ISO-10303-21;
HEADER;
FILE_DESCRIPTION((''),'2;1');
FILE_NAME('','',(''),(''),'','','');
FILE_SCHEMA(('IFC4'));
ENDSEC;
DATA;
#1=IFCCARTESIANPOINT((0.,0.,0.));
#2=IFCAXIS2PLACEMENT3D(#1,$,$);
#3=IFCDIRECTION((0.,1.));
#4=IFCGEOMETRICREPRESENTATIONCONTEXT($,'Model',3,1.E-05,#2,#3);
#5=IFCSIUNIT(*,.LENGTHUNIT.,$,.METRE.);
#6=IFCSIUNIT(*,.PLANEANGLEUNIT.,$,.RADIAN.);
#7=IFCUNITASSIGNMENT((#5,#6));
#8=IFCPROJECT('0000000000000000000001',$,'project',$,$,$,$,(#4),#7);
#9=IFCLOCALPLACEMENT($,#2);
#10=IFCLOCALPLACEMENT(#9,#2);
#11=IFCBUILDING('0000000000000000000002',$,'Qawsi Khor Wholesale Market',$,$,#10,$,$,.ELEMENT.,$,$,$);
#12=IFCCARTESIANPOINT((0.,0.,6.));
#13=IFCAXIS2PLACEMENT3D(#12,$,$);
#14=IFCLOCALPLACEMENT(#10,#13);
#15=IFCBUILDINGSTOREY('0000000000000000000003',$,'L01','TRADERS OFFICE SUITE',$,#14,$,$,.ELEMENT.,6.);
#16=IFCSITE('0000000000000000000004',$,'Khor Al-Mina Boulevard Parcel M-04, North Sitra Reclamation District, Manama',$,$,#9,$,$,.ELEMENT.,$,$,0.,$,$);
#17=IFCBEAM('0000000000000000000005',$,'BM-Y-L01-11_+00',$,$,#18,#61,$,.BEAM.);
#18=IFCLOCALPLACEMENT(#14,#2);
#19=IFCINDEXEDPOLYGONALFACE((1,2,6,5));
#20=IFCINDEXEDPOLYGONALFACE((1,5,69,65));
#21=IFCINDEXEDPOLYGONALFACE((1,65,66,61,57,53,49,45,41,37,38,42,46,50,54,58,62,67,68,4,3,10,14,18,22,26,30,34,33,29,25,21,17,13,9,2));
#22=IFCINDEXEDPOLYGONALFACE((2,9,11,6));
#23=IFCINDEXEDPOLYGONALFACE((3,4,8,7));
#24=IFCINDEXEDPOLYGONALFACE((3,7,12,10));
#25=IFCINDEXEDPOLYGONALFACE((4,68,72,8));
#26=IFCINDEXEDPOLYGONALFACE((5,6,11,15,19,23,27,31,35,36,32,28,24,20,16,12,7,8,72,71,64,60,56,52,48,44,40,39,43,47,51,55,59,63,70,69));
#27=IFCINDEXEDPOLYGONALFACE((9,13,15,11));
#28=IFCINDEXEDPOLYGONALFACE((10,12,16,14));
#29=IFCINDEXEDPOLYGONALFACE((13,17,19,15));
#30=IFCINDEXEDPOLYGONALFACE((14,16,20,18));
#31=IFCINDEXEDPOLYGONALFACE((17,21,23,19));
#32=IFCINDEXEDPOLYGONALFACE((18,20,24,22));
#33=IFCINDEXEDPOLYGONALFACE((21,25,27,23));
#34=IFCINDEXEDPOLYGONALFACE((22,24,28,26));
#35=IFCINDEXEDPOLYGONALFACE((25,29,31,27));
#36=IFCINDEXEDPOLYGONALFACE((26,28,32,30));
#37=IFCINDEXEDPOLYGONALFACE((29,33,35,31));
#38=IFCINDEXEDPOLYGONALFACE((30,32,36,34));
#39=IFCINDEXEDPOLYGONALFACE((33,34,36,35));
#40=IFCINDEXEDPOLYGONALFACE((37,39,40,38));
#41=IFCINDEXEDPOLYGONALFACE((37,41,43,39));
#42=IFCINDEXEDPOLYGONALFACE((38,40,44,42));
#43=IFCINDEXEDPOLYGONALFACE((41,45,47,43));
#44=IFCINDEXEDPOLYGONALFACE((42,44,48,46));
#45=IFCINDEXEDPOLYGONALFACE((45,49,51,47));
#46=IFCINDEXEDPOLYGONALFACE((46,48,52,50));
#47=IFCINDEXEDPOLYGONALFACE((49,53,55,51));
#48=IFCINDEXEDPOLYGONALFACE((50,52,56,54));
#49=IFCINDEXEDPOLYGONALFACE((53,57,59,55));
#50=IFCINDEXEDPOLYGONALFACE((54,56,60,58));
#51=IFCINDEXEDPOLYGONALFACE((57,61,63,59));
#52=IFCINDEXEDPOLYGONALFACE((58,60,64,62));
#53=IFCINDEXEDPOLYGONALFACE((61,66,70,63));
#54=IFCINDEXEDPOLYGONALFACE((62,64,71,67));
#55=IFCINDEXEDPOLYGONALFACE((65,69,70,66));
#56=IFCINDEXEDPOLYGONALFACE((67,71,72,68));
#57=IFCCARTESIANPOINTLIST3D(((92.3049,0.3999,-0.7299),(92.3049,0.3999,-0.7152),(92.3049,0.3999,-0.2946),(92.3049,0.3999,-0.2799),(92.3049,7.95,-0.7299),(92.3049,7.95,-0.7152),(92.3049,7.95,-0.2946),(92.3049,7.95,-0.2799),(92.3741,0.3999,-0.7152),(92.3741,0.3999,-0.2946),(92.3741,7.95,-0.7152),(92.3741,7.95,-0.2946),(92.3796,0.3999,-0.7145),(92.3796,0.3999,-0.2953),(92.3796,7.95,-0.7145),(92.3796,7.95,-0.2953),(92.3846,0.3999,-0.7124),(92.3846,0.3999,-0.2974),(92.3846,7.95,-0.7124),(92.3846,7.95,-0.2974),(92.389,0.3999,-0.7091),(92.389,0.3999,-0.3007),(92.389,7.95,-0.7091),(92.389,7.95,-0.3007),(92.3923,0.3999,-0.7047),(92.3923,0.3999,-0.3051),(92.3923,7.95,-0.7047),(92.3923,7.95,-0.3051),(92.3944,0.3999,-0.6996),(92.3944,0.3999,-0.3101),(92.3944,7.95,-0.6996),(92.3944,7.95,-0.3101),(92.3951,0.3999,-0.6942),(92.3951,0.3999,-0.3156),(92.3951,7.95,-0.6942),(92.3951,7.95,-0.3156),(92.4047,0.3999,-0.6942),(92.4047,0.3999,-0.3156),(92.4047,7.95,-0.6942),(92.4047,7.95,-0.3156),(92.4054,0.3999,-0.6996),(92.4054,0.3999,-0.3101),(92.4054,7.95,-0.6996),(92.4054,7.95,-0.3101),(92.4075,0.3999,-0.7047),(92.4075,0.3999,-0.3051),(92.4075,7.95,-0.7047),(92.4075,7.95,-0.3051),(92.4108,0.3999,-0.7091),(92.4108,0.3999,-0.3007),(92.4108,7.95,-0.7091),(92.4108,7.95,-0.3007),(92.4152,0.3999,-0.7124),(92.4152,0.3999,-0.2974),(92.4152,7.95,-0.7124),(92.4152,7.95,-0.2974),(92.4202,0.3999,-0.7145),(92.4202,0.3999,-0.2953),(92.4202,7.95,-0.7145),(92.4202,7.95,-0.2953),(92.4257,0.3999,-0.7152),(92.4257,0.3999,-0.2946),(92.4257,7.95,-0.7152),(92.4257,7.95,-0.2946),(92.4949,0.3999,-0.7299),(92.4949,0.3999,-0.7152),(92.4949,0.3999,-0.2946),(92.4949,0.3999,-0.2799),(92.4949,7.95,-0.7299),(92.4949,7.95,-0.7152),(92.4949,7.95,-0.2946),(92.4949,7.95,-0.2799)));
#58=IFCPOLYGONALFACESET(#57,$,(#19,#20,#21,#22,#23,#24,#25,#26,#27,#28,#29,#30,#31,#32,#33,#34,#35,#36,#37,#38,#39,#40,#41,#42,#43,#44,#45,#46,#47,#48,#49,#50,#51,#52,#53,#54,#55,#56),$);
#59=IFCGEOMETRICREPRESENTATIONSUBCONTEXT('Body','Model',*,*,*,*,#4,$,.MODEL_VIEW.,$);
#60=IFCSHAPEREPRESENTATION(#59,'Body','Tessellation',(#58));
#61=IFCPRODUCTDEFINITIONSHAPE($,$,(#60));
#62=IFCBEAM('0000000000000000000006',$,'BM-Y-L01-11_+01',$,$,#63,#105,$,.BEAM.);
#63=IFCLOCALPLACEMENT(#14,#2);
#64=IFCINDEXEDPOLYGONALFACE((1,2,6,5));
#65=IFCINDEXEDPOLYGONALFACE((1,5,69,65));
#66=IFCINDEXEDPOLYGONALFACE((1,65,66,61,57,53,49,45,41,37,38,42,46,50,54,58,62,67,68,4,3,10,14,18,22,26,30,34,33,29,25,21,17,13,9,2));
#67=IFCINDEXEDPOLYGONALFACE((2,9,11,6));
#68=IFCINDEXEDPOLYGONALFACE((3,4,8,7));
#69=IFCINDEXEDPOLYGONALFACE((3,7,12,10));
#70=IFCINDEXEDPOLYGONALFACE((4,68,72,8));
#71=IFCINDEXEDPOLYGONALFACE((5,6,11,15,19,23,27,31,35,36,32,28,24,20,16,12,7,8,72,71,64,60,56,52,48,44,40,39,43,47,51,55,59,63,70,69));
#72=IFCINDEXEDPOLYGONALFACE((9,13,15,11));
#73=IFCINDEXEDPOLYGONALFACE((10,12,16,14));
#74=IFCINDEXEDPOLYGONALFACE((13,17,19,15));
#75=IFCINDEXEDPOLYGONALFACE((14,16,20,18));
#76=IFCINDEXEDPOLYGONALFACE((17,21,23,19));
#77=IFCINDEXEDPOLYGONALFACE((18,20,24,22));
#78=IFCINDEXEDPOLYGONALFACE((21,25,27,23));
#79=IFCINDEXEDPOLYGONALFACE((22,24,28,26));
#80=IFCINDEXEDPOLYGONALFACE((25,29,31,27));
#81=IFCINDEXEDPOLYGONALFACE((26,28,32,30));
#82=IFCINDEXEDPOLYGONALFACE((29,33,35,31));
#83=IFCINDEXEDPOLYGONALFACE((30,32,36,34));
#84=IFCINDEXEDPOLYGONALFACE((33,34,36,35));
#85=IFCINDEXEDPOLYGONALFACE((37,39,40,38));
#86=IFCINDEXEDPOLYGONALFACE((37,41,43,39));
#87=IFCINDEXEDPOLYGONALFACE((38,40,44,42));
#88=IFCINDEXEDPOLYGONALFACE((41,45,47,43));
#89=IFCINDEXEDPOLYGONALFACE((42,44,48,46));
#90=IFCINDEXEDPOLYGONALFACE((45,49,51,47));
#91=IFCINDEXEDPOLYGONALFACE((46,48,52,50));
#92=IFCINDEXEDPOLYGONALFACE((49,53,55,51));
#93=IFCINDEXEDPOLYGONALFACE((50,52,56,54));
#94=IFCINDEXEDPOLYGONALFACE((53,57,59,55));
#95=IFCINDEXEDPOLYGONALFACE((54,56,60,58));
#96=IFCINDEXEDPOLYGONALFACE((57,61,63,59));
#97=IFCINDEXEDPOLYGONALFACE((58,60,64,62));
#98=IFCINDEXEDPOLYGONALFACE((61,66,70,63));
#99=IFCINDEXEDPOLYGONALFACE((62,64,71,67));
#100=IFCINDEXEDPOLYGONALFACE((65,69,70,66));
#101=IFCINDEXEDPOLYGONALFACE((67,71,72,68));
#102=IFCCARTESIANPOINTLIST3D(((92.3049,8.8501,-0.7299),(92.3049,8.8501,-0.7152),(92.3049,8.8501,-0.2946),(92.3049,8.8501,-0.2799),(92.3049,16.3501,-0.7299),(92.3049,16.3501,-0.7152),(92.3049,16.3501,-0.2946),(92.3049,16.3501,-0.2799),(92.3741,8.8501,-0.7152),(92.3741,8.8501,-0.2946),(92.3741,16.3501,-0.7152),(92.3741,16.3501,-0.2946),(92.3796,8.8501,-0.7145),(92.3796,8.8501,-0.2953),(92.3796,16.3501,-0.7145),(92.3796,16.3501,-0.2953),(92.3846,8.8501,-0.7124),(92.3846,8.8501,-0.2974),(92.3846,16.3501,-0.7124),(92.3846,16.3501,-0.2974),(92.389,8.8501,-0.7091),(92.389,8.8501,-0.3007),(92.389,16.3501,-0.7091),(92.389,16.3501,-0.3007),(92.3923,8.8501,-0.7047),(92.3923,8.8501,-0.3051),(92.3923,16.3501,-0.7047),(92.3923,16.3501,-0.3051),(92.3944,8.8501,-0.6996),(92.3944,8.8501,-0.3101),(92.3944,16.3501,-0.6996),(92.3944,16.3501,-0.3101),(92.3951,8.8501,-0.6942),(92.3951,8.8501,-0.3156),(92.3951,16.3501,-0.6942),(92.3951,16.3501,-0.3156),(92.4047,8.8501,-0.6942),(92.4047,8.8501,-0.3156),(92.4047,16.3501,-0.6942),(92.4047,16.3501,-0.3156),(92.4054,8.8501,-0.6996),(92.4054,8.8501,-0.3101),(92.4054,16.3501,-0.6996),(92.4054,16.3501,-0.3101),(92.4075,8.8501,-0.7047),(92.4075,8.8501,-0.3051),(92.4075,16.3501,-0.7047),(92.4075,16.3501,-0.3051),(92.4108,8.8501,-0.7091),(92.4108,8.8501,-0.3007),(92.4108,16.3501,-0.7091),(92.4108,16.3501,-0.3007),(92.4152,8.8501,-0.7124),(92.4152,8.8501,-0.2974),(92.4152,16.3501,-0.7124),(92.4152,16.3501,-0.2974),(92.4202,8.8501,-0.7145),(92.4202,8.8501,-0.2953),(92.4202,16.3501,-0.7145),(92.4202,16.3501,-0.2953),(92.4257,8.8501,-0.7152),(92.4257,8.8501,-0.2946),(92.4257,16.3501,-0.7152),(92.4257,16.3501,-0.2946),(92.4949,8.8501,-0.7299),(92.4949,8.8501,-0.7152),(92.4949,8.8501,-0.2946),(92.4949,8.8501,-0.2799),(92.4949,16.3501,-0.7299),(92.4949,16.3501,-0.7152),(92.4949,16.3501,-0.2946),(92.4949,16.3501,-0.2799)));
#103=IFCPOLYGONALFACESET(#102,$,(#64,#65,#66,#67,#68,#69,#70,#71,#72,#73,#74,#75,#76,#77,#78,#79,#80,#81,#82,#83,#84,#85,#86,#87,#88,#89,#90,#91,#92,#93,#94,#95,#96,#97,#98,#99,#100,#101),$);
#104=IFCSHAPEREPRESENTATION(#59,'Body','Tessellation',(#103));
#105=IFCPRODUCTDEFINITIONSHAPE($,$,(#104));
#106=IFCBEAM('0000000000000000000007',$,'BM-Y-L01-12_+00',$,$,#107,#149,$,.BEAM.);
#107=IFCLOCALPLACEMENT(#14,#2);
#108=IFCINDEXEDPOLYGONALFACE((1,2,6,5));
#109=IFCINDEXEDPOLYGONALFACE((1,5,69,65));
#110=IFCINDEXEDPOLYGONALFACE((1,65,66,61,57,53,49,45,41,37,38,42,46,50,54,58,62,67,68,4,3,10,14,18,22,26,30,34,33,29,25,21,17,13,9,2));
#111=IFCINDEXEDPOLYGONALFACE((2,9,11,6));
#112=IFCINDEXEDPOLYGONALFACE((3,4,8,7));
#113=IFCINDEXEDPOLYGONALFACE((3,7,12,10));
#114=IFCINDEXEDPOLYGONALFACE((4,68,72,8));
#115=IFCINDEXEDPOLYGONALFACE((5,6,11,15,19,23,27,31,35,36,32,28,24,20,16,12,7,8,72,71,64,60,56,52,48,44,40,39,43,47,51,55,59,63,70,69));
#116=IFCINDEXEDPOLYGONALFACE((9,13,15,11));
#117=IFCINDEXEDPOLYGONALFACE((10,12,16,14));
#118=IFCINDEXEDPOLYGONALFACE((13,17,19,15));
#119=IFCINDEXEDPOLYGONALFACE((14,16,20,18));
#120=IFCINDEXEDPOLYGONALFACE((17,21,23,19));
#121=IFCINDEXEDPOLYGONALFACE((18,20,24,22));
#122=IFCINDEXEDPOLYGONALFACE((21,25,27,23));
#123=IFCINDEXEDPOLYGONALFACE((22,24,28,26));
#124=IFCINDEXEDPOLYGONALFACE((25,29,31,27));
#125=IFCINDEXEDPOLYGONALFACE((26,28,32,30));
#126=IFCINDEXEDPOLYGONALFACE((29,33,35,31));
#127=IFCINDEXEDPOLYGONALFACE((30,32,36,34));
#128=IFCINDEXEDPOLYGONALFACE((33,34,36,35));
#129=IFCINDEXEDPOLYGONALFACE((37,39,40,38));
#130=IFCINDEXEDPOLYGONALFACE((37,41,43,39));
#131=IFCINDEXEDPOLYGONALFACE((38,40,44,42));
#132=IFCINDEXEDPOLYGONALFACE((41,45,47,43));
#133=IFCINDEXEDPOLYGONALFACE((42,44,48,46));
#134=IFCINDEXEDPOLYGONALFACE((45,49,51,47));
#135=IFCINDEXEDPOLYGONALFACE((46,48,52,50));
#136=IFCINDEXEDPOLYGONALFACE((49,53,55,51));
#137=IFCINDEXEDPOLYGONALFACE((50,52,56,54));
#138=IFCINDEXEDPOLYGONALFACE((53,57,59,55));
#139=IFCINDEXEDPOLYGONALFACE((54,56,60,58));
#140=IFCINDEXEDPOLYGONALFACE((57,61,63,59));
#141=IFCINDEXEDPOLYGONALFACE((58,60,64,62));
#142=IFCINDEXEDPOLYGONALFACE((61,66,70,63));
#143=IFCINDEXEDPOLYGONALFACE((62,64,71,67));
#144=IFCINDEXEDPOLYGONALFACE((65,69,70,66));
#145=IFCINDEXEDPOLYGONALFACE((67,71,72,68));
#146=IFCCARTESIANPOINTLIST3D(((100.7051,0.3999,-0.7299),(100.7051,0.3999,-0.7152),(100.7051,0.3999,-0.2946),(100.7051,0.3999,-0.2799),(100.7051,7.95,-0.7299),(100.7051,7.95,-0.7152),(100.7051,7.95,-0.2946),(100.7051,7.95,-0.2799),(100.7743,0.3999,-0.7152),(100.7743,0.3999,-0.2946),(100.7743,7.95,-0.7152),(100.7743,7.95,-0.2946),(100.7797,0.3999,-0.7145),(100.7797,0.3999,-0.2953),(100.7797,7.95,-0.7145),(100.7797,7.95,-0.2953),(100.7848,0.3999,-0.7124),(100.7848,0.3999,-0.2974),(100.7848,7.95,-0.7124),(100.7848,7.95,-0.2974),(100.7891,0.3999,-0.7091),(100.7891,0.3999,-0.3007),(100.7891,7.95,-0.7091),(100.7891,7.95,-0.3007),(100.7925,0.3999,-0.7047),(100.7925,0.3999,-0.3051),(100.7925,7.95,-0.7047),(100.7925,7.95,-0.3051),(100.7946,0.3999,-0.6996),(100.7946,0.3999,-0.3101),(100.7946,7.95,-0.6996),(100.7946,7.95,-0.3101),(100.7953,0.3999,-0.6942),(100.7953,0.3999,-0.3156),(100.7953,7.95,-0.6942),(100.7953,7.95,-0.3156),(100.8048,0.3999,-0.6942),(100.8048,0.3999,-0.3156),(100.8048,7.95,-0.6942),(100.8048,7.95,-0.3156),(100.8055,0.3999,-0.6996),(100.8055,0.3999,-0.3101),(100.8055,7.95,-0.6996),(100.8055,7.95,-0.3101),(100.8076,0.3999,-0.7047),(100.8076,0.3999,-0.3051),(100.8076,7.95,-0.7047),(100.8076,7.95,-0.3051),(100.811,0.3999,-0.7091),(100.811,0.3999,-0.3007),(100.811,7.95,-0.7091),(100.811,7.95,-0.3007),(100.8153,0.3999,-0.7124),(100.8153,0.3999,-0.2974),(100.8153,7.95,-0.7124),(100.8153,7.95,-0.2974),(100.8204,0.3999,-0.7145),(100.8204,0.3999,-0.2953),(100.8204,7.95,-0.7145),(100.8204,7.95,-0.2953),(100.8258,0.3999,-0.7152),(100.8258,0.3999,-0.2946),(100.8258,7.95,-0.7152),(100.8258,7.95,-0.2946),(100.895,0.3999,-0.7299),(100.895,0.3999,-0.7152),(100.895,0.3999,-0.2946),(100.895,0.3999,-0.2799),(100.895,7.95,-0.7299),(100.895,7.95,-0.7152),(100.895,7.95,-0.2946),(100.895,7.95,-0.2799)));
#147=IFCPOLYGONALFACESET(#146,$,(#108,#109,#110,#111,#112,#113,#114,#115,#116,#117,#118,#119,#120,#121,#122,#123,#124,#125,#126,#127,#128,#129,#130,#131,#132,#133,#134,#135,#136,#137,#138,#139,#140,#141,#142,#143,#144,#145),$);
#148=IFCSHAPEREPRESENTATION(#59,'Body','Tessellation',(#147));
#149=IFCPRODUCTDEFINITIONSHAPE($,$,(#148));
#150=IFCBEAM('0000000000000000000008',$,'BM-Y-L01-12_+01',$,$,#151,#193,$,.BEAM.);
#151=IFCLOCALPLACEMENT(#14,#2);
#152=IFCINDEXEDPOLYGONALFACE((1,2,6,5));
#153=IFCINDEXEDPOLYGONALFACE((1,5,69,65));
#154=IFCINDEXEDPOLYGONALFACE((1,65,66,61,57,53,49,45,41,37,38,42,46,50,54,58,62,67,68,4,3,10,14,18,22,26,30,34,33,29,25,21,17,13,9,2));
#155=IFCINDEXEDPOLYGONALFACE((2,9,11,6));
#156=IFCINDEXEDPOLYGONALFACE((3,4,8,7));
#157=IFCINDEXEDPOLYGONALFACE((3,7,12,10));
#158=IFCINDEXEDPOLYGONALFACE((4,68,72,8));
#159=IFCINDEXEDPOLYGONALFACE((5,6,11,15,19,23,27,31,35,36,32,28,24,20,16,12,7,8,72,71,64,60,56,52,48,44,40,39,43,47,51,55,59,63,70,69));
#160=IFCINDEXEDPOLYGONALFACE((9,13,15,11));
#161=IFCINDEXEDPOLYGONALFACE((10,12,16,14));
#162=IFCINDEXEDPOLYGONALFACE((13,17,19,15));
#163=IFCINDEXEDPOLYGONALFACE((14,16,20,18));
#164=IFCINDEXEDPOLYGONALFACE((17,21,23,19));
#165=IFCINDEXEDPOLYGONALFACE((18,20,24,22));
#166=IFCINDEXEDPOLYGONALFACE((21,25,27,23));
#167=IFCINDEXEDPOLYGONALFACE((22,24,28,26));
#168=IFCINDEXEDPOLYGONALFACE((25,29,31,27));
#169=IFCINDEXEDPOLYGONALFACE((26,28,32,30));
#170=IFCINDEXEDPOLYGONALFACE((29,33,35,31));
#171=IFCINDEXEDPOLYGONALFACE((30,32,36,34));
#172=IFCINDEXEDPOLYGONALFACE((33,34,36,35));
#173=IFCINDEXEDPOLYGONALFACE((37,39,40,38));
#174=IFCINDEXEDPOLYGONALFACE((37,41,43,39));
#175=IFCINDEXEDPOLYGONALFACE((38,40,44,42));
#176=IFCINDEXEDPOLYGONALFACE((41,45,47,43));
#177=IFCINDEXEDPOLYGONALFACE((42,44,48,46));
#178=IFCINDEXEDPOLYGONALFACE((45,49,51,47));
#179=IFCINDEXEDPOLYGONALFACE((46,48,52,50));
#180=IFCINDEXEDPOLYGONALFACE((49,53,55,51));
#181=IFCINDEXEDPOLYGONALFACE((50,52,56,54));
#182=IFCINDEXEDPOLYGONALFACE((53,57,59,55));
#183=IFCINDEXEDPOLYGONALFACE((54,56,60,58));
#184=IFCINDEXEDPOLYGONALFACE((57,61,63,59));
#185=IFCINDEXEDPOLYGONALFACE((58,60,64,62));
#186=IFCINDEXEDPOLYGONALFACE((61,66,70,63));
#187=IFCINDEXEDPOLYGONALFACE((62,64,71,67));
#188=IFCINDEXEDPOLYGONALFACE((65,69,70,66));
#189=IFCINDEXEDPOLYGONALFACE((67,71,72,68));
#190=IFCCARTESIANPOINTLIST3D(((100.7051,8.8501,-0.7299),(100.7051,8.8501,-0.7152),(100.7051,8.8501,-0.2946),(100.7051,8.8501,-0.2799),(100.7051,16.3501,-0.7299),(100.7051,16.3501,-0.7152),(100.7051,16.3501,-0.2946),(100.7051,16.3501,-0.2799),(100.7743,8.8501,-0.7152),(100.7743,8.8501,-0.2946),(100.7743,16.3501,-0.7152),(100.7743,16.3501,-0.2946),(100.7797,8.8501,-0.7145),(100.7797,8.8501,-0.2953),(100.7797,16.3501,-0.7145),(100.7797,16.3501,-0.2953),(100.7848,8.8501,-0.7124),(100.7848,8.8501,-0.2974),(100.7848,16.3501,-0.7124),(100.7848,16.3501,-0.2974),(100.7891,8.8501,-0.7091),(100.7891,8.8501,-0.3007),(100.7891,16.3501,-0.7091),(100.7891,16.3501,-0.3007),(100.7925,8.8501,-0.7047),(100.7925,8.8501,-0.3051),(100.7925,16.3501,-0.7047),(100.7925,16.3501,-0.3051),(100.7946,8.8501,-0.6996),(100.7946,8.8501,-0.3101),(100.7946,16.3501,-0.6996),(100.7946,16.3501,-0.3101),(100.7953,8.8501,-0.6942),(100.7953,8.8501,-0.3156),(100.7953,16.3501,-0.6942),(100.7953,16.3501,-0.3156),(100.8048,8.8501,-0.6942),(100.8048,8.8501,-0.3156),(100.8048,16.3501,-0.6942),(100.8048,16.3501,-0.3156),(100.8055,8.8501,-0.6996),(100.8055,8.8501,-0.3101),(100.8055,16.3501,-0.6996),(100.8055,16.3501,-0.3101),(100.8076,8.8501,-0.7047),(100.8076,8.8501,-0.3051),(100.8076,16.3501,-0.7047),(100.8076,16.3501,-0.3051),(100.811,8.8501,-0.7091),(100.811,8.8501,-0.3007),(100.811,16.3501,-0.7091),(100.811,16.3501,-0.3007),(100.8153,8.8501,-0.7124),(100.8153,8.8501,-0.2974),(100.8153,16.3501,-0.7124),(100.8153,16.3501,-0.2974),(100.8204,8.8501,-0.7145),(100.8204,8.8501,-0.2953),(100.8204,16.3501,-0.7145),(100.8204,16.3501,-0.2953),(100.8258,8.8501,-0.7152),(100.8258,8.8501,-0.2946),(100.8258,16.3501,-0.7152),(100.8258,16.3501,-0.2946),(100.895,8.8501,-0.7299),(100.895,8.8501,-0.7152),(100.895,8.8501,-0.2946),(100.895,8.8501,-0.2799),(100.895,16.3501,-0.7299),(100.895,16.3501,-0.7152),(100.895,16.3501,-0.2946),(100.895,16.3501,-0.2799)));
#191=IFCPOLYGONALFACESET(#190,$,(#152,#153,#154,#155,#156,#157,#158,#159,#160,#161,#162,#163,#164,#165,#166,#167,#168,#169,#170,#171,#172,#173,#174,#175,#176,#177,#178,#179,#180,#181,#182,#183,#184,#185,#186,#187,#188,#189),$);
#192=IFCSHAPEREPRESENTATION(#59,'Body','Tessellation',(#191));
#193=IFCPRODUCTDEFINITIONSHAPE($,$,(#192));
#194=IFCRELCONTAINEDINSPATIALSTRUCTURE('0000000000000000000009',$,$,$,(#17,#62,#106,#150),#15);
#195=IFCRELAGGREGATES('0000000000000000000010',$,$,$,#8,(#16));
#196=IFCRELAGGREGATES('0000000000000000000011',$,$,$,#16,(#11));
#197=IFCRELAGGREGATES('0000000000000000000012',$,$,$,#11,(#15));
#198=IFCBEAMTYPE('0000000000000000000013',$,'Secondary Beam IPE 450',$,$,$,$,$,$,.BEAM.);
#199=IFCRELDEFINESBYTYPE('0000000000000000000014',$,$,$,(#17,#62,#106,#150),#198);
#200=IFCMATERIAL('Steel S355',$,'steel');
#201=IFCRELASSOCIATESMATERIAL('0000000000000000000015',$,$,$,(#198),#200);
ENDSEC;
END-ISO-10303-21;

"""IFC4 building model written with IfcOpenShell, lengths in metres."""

from ifc_helpers import new_model, si_unit, direction, frame, origin, origin_2d, place, context, subcontext, project, spatial, i_section, extrude, material, material_profile, profile_set, type_object, element, save


model = new_model("IFC4")

# Units and contexts
model_context = context("Model", 3, precision=1e-05, world=origin(), true_north=direction((0.0, 1.0)))
body_context = subcontext(model_context, "Body", "Model", "MODEL_VIEW")
ifc_project = project(units=[si_unit("LENGTHUNIT", "METRE"), si_unit("PLANEANGLEUNIT", "RADIAN")], contexts=[model_context])

# Site, building, storey
site_placement = place(None, origin())
site = spatial("IfcSite", under=ifc_project, at=site_placement, Name="Khor Al-Mina Boulevard Parcel M-04, North Sitra Reclamation District, Manama", CompositionType="ELEMENT", RefElevation=0.0)
building_placement = place(site_placement, origin())
building = spatial("IfcBuilding", under=site, at=building_placement, Name="Qawsi Khor Wholesale Market", CompositionType="ELEMENT")
storey_placement = place(building_placement, frame((0.0, 0.0, 6.0)))
storey = spatial("IfcBuildingStorey", under=building, at=storey_placement, Name="L01", Description="TRADERS OFFICE SUITE", CompositionType="ELEMENT", Elevation=6.0)

# Beams
ifc_material_1 = material(Name="Steel S355", Category="steel")
ifc_material_profile_1 = material_profile(ifc_material_1, i_section(OverallWidth=0.1899, OverallDepth=0.45, WebThickness=0.0095, FlangeThickness=0.0146, FilletRadius=0.021, at=origin_2d()), Name="IPE 450")
ifc_profile_set_1 = profile_set([ifc_material_profile_1], Name="Steel S355")
beam_type_1 = type_object("IfcBeamType", Name="Secondary Beam IPE 450", PredefinedType="BEAM", material=ifc_profile_set_1)
beam_1_placement = place(storey_placement, frame((92.3999, 0.3999, -0.5049), z_axis=(0.0, 1.0, 0.0), x_axis=(-1.0, 0.0, 0.0)))
element("IfcBeam", 1, at=beam_1_placement, inside=storey, type_object=beam_type_1, Name="BM-Y-L01-11_+00", PredefinedType="BEAM", context=body_context, shape_type="SweptSolid", body=[
    extrude(i_section(OverallWidth=0.1899, OverallDepth=0.45, WebThickness=0.0095, FlangeThickness=0.0146, FilletRadius=0.021, at=origin_2d()), origin(), (0.0, 0.0, 1.0), 7.55),
])
beam_2_placement = place(storey_placement, frame((92.3999, 8.8501, -0.5049), z_axis=(0.0, 1.0, 0.0), x_axis=(-1.0, 0.0, 0.0)))
element("IfcBeam", 2, at=beam_2_placement, inside=storey, type_object=beam_type_1, Name="BM-Y-L01-11_+01", PredefinedType="BEAM", context=body_context, shape_type="SweptSolid", body=[
    extrude(i_section(OverallWidth=0.1899, OverallDepth=0.45, WebThickness=0.0095, FlangeThickness=0.0146, FilletRadius=0.021, at=origin_2d()), origin(), (0.0, 0.0, 1.0), 7.5),
])
beam_3_placement = place(storey_placement, frame((100.8, 0.3999, -0.5049), z_axis=(0.0, 1.0, 0.0), x_axis=(-1.0, 0.0, 0.0)))
element("IfcBeam", 3, at=beam_3_placement, inside=storey, type_object=beam_type_1, Name="BM-Y-L01-12_+00", PredefinedType="BEAM", context=body_context, shape_type="SweptSolid", body=[
    extrude(i_section(OverallWidth=0.1899, OverallDepth=0.45, WebThickness=0.0095, FlangeThickness=0.0146, FilletRadius=0.021, at=origin_2d()), origin(), (0.0, 0.0, 1.0), 7.55),
])
beam_4_placement = place(storey_placement, frame((100.8, 8.8501, -0.5049), z_axis=(0.0, 1.0, 0.0), x_axis=(-1.0, 0.0, 0.0)))
element("IfcBeam", 4, at=beam_4_placement, inside=storey, type_object=beam_type_1, Name="BM-Y-L01-12_+01", PredefinedType="BEAM", context=body_context, shape_type="SweptSolid", body=[
    extrude(i_section(OverallWidth=0.1899, OverallDepth=0.45, WebThickness=0.0095, FlangeThickness=0.0146, FilletRadius=0.021, at=origin_2d()), origin(), (0.0, 0.0, 1.0), 7.5),
])

save(model, "model.ifc")
